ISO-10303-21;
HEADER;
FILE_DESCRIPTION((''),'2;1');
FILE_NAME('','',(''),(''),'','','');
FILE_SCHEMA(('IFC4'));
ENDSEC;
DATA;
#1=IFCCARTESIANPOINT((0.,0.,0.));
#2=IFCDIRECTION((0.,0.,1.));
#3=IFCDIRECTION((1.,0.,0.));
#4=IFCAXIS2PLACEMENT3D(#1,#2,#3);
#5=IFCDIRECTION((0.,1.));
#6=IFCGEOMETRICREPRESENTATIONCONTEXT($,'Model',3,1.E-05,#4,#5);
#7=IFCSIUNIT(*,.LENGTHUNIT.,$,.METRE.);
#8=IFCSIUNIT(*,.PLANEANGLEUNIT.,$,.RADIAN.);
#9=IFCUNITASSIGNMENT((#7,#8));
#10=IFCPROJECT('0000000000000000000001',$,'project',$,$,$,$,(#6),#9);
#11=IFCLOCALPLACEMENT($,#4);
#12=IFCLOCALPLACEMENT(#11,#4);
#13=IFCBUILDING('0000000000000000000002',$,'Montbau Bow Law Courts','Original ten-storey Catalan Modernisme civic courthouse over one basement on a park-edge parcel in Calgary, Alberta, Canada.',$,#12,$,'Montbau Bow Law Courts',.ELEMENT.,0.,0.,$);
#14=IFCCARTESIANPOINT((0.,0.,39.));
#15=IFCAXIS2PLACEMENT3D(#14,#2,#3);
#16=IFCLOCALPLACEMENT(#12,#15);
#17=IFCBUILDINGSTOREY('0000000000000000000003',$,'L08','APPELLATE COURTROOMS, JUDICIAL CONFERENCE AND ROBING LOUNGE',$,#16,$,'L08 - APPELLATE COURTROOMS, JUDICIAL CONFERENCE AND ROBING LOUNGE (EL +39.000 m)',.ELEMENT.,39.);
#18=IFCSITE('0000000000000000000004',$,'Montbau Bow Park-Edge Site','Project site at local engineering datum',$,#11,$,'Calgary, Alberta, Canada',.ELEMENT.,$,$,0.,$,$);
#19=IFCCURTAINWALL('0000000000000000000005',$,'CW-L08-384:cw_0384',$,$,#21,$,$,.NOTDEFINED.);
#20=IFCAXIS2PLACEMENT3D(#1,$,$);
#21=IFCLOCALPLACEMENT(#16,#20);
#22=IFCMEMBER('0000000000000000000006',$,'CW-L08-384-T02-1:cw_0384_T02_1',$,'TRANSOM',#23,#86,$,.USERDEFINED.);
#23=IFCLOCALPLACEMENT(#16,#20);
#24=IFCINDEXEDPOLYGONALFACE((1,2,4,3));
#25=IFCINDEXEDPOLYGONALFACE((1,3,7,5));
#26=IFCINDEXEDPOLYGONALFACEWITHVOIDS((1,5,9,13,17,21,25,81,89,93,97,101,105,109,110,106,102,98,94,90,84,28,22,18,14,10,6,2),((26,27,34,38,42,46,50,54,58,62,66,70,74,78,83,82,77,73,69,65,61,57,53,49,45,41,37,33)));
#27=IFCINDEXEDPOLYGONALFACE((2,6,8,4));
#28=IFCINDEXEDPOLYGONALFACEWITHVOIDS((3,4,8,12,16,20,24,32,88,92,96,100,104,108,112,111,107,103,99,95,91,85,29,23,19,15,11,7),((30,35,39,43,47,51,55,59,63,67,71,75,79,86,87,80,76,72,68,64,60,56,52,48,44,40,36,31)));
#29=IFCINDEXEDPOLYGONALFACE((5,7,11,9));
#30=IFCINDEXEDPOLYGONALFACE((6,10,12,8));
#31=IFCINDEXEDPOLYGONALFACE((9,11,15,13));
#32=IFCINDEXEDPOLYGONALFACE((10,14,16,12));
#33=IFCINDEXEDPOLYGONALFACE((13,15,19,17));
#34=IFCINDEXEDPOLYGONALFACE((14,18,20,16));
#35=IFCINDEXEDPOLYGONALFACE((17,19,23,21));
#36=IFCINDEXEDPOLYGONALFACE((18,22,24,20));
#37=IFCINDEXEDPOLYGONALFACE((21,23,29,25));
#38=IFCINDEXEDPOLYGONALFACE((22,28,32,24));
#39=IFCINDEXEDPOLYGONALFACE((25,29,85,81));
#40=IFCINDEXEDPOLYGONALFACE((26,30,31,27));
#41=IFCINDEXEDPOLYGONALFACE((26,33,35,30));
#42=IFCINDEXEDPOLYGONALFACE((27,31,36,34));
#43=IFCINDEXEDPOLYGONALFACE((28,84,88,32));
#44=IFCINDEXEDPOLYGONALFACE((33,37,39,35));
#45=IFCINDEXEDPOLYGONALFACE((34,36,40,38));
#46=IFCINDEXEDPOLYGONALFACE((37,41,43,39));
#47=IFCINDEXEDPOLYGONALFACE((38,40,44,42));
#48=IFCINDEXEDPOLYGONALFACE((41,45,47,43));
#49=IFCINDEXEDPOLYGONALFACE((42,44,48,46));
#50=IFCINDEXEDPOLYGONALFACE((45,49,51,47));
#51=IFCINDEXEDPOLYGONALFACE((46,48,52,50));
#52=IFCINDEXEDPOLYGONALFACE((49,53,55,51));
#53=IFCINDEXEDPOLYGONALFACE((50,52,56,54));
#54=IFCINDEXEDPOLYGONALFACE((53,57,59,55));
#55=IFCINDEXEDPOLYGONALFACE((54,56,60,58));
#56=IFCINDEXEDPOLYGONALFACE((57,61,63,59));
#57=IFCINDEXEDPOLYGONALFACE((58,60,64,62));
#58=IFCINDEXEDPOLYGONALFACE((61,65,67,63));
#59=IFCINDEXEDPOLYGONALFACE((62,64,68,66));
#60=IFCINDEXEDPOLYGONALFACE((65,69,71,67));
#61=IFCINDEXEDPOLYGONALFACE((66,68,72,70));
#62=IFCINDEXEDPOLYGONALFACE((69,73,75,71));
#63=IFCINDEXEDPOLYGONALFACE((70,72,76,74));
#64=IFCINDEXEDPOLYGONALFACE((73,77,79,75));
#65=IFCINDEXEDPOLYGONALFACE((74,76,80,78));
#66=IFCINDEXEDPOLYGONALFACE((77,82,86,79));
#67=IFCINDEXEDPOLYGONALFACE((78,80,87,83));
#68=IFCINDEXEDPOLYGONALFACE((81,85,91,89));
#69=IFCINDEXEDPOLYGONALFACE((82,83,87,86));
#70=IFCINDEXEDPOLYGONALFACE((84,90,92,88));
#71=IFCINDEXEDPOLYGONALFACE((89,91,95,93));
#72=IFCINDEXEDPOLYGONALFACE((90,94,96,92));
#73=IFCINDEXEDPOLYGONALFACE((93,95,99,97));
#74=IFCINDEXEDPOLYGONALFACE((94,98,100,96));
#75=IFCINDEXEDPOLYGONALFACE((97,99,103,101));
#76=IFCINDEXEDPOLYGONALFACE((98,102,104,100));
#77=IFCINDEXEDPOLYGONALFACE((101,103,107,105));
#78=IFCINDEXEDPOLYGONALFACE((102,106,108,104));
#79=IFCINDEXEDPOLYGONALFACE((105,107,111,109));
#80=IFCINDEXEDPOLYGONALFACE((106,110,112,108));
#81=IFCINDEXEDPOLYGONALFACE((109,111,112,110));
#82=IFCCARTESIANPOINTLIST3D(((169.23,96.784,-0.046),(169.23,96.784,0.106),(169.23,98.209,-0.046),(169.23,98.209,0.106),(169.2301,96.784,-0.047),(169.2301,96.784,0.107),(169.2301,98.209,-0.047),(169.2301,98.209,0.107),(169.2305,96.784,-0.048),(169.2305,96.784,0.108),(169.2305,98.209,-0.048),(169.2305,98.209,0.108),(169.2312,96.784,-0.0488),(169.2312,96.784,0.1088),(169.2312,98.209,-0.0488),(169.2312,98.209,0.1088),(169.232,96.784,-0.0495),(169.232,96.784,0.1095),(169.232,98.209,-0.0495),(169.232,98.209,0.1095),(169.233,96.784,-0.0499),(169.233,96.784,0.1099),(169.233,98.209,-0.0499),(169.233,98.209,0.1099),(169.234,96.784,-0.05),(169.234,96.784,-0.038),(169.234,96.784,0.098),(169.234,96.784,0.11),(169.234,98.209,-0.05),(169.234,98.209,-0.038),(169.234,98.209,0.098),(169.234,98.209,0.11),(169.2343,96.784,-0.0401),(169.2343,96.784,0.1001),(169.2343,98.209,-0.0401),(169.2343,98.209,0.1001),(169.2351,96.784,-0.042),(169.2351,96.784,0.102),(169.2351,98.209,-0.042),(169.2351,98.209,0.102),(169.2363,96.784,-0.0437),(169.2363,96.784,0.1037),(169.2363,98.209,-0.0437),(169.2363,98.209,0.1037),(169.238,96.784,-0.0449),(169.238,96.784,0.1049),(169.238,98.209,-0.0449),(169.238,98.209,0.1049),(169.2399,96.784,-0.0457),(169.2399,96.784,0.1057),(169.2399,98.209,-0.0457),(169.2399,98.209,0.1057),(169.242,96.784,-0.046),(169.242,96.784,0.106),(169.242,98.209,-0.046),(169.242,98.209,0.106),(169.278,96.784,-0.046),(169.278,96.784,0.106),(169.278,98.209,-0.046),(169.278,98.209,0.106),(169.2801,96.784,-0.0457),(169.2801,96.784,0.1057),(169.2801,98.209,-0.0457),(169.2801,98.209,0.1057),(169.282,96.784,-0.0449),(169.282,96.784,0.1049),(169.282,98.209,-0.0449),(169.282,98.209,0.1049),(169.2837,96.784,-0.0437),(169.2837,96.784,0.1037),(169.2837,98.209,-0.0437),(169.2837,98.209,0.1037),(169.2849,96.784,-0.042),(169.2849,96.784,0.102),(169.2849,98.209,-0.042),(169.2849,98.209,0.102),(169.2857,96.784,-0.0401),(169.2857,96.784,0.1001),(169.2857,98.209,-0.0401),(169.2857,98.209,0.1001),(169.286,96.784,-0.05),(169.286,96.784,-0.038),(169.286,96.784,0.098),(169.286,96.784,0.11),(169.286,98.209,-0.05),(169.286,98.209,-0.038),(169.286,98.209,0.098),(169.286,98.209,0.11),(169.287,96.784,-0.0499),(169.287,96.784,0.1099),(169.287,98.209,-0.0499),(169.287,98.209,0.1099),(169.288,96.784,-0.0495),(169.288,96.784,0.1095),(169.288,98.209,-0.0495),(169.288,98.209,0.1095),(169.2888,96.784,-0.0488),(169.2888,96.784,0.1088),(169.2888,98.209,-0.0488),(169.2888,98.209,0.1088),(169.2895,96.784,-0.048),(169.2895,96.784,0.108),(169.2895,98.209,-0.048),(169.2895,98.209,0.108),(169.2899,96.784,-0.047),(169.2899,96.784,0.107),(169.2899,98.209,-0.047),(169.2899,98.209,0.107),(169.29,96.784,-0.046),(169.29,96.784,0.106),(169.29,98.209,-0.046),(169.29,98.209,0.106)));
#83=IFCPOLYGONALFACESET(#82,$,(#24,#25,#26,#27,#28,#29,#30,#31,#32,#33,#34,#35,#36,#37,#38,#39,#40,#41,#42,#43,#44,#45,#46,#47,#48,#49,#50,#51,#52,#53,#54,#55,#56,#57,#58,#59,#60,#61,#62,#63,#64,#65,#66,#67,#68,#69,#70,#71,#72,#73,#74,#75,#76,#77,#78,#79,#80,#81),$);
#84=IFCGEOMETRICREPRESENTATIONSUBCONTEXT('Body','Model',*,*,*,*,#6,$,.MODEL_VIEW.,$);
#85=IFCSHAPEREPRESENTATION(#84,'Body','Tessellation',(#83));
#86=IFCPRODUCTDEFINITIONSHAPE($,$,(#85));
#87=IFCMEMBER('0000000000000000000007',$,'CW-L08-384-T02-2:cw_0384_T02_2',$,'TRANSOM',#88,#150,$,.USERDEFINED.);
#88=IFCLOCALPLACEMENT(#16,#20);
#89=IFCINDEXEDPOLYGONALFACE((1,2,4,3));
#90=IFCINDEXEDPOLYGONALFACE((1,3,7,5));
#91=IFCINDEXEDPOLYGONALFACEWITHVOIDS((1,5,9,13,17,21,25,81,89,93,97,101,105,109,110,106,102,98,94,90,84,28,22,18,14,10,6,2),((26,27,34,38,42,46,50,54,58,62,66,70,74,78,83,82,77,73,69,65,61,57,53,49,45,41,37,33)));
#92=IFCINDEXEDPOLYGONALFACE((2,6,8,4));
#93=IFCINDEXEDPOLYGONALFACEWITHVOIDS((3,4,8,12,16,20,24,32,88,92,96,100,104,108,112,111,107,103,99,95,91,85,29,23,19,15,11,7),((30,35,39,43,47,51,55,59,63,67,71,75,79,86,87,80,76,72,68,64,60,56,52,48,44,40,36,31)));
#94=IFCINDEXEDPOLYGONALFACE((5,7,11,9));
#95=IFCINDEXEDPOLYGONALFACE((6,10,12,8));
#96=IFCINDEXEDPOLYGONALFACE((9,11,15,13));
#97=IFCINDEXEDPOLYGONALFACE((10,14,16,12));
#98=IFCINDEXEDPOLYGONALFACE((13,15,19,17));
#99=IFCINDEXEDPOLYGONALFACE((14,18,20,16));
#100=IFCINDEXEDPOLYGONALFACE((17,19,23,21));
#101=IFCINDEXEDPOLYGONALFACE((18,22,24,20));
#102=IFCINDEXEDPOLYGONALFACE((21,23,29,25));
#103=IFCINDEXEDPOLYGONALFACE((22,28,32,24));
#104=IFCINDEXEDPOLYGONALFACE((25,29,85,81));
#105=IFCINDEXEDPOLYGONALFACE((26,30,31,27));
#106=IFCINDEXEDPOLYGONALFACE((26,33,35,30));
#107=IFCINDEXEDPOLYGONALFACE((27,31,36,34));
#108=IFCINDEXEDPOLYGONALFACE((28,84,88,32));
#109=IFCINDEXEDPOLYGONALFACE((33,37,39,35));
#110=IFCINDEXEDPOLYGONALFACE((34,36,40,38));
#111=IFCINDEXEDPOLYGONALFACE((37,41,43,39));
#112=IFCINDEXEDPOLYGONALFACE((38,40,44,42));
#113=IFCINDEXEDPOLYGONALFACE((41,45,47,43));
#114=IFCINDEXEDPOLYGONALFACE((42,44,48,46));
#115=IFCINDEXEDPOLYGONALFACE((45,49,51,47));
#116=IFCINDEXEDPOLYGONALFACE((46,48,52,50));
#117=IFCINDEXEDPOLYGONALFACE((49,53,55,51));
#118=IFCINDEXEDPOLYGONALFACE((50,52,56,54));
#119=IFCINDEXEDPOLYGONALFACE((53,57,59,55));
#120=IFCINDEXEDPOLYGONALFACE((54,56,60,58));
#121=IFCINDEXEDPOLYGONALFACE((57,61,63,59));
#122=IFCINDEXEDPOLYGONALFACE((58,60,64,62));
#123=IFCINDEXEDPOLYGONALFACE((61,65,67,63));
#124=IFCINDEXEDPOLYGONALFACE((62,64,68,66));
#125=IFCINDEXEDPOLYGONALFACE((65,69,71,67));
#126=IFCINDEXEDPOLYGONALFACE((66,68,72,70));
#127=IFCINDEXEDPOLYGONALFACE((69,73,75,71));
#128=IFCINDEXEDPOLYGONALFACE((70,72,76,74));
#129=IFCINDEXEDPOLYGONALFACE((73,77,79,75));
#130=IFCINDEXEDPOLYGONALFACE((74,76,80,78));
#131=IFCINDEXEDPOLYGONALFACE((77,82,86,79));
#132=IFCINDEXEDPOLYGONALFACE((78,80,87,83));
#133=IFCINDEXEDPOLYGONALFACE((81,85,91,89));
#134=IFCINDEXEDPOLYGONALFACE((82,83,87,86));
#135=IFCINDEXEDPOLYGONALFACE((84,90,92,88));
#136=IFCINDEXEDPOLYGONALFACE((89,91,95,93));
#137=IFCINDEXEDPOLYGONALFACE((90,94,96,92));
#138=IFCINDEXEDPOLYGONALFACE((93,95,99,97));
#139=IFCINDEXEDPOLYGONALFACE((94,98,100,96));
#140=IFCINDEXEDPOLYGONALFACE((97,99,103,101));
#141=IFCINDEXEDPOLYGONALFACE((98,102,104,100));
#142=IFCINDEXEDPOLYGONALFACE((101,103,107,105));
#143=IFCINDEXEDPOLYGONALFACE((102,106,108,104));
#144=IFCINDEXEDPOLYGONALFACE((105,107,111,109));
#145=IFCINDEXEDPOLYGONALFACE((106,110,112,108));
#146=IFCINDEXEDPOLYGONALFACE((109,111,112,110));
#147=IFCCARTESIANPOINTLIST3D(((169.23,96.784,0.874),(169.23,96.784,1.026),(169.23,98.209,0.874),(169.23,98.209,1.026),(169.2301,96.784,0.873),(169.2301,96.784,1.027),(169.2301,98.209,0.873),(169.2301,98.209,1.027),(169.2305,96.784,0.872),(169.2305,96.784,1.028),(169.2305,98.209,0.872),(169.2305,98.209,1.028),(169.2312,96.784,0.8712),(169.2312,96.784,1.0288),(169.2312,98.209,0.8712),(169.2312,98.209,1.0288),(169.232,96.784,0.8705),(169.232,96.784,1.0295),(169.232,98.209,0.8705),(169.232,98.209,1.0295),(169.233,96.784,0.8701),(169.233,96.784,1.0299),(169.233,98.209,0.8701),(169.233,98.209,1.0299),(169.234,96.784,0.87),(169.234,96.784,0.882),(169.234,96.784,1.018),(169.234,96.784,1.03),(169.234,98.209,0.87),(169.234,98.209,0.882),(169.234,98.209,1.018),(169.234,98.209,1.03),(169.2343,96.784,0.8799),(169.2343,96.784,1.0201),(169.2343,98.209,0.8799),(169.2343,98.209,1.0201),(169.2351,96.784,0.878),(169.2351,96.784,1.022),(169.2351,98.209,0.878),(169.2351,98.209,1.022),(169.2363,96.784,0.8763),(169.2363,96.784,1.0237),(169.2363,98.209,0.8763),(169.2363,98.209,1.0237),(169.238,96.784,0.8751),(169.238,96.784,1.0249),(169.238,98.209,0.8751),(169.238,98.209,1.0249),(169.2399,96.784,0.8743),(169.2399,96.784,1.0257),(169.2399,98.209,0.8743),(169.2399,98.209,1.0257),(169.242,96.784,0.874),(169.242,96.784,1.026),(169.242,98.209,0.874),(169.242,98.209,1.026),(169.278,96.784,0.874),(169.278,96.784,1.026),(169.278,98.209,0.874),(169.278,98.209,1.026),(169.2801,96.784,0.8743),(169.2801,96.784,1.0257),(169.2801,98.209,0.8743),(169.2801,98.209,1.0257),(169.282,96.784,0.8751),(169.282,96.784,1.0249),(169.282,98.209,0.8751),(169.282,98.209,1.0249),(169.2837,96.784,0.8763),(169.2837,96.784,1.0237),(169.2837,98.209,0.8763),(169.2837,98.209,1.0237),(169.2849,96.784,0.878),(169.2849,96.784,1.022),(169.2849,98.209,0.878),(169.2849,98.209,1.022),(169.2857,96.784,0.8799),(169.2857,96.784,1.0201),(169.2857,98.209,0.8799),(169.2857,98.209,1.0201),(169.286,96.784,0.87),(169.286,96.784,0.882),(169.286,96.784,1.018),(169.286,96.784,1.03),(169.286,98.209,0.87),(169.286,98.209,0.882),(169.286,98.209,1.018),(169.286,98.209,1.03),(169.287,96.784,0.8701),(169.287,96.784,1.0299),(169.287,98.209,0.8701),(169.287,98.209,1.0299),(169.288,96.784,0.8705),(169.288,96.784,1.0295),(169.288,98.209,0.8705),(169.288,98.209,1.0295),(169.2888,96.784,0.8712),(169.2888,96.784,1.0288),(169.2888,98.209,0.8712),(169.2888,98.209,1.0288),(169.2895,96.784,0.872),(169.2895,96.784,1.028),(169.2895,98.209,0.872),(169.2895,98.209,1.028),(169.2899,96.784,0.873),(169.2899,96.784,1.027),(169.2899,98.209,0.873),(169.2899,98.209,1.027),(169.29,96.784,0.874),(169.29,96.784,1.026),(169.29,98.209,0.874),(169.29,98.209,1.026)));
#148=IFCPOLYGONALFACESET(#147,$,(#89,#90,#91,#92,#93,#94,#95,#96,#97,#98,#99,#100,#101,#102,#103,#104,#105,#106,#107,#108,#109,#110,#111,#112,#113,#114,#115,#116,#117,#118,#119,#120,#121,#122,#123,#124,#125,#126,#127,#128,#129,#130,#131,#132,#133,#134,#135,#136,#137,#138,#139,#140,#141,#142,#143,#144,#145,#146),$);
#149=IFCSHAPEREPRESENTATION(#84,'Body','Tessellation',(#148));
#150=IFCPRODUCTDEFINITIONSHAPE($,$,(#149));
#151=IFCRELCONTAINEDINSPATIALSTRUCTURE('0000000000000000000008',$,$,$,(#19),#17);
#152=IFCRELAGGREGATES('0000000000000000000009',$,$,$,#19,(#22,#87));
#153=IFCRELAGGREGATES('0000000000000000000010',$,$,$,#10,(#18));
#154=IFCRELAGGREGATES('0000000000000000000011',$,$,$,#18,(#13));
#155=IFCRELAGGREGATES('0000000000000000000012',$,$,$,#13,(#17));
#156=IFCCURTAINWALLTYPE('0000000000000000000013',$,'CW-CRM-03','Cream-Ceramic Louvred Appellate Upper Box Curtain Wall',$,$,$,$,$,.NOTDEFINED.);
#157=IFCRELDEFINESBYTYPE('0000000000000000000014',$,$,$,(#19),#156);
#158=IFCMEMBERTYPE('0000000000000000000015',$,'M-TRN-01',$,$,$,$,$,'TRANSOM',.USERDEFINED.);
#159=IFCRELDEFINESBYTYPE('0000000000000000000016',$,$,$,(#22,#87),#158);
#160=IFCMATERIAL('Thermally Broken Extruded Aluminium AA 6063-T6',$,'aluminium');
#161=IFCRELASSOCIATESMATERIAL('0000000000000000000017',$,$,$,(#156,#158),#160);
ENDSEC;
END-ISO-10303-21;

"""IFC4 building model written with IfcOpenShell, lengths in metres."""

from ifc_helpers import new_model, si_unit, direction, frame, origin_with_axes, origin_2d_with_axis, place, context, subcontext, project, spatial, hollow_rectangle, extrude, material, material_profile, profile_set, type_object, element, aggregate, save


model = new_model("IFC4")

# Units and contexts
model_context = context("Model", 3, precision=1e-05, world=origin_with_axes(), true_north=direction((0.0, 1.0)))
body_context = subcontext(model_context, "Body", "Model", "MODEL_VIEW")
ifc_project = project(units=[si_unit("LENGTHUNIT", "METRE"), si_unit("PLANEANGLEUNIT", "RADIAN")], contexts=[model_context])

# Site, building, storey
site_placement = place(None, origin_with_axes())
site = spatial("IfcSite", under=ifc_project, at=site_placement, Name="Montbau Bow Park-Edge Site", Description="Project site at local engineering datum", LongName="Calgary, Alberta, Canada", CompositionType="ELEMENT", RefElevation=0.0)
building_placement = place(site_placement, origin_with_axes())
building = spatial("IfcBuilding", under=site, at=building_placement, Name="Montbau Bow Law Courts", Description="Original ten-storey Catalan Modernisme civic courthouse over one basement on a park-edge parcel in Calgary, Alberta, Canada.", LongName="Montbau Bow Law Courts", CompositionType="ELEMENT", ElevationOfRefHeight=0.0, ElevationOfTerrain=0.0)
storey_placement = place(building_placement, frame((0.0, 0.0, 39.0), z_axis=(0.0, 0.0, 1.0), x_axis=(1.0, 0.0, 0.0)))
storey = spatial("IfcBuildingStorey", under=building, at=storey_placement, Name="L08", Description="APPELLATE COURTROOMS, JUDICIAL CONFERENCE AND ROBING LOUNGE", LongName="L08 - APPELLATE COURTROOMS, JUDICIAL CONFERENCE AND ROBING LOUNGE (EL +39.000 m)", CompositionType="ELEMENT", Elevation=39.0)

# Curtain wall, members
ifc_material_1 = material(Name="Thermally Broken Extruded Aluminium AA 6063-T6", Category="aluminium")
curtain_wall_type = type_object("IfcCurtainWallType", Name="CW-CRM-03", Description="Cream-Ceramic Louvred Appellate Upper Box Curtain Wall", PredefinedType="NOTDEFINED", material=ifc_material_1)
curtain_wall_placement = place(None, frame((169.26, 95.24, 39.0), z_axis=(0.0, 0.0, 1.0), x_axis=(1.0, 0.0, 0.0)))
curtain_wall = element("IfcCurtainWall", 1, at=curtain_wall_placement, inside=storey, type_object=curtain_wall_type, Name="CW-L08-384:cw_0384", PredefinedType="NOTDEFINED")
ifc_material_profile_1 = material_profile(ifc_material_1, hollow_rectangle(XDim=0.06, YDim=0.16, WallThickness=0.004, InnerFilletRadius=0.008, OuterFilletRadius=0.004, at=origin_2d_with_axis()), Name="CWT-160X60", Category="Main", Priority=0)
ifc_profile_set_1 = profile_set([ifc_material_profile_1], Name="Thermally Broken Extruded Aluminium AA 6063-T6")
member_type_1 = type_object("IfcMemberType", Name="M-TRN-01", ElementType="TRANSOM", PredefinedType="USERDEFINED", material=ifc_profile_set_1)
member_1_placement = place(None, frame((169.26, 96.784, 39.03), z_axis=(0.0, 1.0, 0.0), x_axis=(-1.0, 0.0, 0.0)))
member_1 = element("IfcMember", 2, at=member_1_placement, type_object=member_type_1, Name="CW-L08-384-T02-1:cw_0384_T02_1", ObjectType="TRANSOM", PredefinedType="USERDEFINED", context=body_context, shape_type="SweptSolid", body=[
    extrude(hollow_rectangle(XDim=0.06, YDim=0.16, WallThickness=0.004, InnerFilletRadius=0.008, OuterFilletRadius=0.004, at=origin_2d_with_axis()), origin_with_axes(), (0.0, 0.0, 1.0), 1.425),
])
member_2_placement = place(None, frame((169.26, 96.784, 39.95), z_axis=(0.0, 1.0, 0.0), x_axis=(-1.0, 0.0, 0.0)))
member_2 = element("IfcMember", 3, at=member_2_placement, type_object=member_type_1, Name="CW-L08-384-T02-2:cw_0384_T02_2", ObjectType="TRANSOM", PredefinedType="USERDEFINED", context=body_context, shape_type="SweptSolid", body=[
    extrude(hollow_rectangle(XDim=0.06, YDim=0.16, WallThickness=0.004, InnerFilletRadius=0.008, OuterFilletRadius=0.004, at=origin_2d_with_axis()), origin_with_axes(), (0.0, 0.0, 1.0), 1.425),
])
aggregate(curtain_wall, [member_1, member_2])

save(model, "model.ifc")
